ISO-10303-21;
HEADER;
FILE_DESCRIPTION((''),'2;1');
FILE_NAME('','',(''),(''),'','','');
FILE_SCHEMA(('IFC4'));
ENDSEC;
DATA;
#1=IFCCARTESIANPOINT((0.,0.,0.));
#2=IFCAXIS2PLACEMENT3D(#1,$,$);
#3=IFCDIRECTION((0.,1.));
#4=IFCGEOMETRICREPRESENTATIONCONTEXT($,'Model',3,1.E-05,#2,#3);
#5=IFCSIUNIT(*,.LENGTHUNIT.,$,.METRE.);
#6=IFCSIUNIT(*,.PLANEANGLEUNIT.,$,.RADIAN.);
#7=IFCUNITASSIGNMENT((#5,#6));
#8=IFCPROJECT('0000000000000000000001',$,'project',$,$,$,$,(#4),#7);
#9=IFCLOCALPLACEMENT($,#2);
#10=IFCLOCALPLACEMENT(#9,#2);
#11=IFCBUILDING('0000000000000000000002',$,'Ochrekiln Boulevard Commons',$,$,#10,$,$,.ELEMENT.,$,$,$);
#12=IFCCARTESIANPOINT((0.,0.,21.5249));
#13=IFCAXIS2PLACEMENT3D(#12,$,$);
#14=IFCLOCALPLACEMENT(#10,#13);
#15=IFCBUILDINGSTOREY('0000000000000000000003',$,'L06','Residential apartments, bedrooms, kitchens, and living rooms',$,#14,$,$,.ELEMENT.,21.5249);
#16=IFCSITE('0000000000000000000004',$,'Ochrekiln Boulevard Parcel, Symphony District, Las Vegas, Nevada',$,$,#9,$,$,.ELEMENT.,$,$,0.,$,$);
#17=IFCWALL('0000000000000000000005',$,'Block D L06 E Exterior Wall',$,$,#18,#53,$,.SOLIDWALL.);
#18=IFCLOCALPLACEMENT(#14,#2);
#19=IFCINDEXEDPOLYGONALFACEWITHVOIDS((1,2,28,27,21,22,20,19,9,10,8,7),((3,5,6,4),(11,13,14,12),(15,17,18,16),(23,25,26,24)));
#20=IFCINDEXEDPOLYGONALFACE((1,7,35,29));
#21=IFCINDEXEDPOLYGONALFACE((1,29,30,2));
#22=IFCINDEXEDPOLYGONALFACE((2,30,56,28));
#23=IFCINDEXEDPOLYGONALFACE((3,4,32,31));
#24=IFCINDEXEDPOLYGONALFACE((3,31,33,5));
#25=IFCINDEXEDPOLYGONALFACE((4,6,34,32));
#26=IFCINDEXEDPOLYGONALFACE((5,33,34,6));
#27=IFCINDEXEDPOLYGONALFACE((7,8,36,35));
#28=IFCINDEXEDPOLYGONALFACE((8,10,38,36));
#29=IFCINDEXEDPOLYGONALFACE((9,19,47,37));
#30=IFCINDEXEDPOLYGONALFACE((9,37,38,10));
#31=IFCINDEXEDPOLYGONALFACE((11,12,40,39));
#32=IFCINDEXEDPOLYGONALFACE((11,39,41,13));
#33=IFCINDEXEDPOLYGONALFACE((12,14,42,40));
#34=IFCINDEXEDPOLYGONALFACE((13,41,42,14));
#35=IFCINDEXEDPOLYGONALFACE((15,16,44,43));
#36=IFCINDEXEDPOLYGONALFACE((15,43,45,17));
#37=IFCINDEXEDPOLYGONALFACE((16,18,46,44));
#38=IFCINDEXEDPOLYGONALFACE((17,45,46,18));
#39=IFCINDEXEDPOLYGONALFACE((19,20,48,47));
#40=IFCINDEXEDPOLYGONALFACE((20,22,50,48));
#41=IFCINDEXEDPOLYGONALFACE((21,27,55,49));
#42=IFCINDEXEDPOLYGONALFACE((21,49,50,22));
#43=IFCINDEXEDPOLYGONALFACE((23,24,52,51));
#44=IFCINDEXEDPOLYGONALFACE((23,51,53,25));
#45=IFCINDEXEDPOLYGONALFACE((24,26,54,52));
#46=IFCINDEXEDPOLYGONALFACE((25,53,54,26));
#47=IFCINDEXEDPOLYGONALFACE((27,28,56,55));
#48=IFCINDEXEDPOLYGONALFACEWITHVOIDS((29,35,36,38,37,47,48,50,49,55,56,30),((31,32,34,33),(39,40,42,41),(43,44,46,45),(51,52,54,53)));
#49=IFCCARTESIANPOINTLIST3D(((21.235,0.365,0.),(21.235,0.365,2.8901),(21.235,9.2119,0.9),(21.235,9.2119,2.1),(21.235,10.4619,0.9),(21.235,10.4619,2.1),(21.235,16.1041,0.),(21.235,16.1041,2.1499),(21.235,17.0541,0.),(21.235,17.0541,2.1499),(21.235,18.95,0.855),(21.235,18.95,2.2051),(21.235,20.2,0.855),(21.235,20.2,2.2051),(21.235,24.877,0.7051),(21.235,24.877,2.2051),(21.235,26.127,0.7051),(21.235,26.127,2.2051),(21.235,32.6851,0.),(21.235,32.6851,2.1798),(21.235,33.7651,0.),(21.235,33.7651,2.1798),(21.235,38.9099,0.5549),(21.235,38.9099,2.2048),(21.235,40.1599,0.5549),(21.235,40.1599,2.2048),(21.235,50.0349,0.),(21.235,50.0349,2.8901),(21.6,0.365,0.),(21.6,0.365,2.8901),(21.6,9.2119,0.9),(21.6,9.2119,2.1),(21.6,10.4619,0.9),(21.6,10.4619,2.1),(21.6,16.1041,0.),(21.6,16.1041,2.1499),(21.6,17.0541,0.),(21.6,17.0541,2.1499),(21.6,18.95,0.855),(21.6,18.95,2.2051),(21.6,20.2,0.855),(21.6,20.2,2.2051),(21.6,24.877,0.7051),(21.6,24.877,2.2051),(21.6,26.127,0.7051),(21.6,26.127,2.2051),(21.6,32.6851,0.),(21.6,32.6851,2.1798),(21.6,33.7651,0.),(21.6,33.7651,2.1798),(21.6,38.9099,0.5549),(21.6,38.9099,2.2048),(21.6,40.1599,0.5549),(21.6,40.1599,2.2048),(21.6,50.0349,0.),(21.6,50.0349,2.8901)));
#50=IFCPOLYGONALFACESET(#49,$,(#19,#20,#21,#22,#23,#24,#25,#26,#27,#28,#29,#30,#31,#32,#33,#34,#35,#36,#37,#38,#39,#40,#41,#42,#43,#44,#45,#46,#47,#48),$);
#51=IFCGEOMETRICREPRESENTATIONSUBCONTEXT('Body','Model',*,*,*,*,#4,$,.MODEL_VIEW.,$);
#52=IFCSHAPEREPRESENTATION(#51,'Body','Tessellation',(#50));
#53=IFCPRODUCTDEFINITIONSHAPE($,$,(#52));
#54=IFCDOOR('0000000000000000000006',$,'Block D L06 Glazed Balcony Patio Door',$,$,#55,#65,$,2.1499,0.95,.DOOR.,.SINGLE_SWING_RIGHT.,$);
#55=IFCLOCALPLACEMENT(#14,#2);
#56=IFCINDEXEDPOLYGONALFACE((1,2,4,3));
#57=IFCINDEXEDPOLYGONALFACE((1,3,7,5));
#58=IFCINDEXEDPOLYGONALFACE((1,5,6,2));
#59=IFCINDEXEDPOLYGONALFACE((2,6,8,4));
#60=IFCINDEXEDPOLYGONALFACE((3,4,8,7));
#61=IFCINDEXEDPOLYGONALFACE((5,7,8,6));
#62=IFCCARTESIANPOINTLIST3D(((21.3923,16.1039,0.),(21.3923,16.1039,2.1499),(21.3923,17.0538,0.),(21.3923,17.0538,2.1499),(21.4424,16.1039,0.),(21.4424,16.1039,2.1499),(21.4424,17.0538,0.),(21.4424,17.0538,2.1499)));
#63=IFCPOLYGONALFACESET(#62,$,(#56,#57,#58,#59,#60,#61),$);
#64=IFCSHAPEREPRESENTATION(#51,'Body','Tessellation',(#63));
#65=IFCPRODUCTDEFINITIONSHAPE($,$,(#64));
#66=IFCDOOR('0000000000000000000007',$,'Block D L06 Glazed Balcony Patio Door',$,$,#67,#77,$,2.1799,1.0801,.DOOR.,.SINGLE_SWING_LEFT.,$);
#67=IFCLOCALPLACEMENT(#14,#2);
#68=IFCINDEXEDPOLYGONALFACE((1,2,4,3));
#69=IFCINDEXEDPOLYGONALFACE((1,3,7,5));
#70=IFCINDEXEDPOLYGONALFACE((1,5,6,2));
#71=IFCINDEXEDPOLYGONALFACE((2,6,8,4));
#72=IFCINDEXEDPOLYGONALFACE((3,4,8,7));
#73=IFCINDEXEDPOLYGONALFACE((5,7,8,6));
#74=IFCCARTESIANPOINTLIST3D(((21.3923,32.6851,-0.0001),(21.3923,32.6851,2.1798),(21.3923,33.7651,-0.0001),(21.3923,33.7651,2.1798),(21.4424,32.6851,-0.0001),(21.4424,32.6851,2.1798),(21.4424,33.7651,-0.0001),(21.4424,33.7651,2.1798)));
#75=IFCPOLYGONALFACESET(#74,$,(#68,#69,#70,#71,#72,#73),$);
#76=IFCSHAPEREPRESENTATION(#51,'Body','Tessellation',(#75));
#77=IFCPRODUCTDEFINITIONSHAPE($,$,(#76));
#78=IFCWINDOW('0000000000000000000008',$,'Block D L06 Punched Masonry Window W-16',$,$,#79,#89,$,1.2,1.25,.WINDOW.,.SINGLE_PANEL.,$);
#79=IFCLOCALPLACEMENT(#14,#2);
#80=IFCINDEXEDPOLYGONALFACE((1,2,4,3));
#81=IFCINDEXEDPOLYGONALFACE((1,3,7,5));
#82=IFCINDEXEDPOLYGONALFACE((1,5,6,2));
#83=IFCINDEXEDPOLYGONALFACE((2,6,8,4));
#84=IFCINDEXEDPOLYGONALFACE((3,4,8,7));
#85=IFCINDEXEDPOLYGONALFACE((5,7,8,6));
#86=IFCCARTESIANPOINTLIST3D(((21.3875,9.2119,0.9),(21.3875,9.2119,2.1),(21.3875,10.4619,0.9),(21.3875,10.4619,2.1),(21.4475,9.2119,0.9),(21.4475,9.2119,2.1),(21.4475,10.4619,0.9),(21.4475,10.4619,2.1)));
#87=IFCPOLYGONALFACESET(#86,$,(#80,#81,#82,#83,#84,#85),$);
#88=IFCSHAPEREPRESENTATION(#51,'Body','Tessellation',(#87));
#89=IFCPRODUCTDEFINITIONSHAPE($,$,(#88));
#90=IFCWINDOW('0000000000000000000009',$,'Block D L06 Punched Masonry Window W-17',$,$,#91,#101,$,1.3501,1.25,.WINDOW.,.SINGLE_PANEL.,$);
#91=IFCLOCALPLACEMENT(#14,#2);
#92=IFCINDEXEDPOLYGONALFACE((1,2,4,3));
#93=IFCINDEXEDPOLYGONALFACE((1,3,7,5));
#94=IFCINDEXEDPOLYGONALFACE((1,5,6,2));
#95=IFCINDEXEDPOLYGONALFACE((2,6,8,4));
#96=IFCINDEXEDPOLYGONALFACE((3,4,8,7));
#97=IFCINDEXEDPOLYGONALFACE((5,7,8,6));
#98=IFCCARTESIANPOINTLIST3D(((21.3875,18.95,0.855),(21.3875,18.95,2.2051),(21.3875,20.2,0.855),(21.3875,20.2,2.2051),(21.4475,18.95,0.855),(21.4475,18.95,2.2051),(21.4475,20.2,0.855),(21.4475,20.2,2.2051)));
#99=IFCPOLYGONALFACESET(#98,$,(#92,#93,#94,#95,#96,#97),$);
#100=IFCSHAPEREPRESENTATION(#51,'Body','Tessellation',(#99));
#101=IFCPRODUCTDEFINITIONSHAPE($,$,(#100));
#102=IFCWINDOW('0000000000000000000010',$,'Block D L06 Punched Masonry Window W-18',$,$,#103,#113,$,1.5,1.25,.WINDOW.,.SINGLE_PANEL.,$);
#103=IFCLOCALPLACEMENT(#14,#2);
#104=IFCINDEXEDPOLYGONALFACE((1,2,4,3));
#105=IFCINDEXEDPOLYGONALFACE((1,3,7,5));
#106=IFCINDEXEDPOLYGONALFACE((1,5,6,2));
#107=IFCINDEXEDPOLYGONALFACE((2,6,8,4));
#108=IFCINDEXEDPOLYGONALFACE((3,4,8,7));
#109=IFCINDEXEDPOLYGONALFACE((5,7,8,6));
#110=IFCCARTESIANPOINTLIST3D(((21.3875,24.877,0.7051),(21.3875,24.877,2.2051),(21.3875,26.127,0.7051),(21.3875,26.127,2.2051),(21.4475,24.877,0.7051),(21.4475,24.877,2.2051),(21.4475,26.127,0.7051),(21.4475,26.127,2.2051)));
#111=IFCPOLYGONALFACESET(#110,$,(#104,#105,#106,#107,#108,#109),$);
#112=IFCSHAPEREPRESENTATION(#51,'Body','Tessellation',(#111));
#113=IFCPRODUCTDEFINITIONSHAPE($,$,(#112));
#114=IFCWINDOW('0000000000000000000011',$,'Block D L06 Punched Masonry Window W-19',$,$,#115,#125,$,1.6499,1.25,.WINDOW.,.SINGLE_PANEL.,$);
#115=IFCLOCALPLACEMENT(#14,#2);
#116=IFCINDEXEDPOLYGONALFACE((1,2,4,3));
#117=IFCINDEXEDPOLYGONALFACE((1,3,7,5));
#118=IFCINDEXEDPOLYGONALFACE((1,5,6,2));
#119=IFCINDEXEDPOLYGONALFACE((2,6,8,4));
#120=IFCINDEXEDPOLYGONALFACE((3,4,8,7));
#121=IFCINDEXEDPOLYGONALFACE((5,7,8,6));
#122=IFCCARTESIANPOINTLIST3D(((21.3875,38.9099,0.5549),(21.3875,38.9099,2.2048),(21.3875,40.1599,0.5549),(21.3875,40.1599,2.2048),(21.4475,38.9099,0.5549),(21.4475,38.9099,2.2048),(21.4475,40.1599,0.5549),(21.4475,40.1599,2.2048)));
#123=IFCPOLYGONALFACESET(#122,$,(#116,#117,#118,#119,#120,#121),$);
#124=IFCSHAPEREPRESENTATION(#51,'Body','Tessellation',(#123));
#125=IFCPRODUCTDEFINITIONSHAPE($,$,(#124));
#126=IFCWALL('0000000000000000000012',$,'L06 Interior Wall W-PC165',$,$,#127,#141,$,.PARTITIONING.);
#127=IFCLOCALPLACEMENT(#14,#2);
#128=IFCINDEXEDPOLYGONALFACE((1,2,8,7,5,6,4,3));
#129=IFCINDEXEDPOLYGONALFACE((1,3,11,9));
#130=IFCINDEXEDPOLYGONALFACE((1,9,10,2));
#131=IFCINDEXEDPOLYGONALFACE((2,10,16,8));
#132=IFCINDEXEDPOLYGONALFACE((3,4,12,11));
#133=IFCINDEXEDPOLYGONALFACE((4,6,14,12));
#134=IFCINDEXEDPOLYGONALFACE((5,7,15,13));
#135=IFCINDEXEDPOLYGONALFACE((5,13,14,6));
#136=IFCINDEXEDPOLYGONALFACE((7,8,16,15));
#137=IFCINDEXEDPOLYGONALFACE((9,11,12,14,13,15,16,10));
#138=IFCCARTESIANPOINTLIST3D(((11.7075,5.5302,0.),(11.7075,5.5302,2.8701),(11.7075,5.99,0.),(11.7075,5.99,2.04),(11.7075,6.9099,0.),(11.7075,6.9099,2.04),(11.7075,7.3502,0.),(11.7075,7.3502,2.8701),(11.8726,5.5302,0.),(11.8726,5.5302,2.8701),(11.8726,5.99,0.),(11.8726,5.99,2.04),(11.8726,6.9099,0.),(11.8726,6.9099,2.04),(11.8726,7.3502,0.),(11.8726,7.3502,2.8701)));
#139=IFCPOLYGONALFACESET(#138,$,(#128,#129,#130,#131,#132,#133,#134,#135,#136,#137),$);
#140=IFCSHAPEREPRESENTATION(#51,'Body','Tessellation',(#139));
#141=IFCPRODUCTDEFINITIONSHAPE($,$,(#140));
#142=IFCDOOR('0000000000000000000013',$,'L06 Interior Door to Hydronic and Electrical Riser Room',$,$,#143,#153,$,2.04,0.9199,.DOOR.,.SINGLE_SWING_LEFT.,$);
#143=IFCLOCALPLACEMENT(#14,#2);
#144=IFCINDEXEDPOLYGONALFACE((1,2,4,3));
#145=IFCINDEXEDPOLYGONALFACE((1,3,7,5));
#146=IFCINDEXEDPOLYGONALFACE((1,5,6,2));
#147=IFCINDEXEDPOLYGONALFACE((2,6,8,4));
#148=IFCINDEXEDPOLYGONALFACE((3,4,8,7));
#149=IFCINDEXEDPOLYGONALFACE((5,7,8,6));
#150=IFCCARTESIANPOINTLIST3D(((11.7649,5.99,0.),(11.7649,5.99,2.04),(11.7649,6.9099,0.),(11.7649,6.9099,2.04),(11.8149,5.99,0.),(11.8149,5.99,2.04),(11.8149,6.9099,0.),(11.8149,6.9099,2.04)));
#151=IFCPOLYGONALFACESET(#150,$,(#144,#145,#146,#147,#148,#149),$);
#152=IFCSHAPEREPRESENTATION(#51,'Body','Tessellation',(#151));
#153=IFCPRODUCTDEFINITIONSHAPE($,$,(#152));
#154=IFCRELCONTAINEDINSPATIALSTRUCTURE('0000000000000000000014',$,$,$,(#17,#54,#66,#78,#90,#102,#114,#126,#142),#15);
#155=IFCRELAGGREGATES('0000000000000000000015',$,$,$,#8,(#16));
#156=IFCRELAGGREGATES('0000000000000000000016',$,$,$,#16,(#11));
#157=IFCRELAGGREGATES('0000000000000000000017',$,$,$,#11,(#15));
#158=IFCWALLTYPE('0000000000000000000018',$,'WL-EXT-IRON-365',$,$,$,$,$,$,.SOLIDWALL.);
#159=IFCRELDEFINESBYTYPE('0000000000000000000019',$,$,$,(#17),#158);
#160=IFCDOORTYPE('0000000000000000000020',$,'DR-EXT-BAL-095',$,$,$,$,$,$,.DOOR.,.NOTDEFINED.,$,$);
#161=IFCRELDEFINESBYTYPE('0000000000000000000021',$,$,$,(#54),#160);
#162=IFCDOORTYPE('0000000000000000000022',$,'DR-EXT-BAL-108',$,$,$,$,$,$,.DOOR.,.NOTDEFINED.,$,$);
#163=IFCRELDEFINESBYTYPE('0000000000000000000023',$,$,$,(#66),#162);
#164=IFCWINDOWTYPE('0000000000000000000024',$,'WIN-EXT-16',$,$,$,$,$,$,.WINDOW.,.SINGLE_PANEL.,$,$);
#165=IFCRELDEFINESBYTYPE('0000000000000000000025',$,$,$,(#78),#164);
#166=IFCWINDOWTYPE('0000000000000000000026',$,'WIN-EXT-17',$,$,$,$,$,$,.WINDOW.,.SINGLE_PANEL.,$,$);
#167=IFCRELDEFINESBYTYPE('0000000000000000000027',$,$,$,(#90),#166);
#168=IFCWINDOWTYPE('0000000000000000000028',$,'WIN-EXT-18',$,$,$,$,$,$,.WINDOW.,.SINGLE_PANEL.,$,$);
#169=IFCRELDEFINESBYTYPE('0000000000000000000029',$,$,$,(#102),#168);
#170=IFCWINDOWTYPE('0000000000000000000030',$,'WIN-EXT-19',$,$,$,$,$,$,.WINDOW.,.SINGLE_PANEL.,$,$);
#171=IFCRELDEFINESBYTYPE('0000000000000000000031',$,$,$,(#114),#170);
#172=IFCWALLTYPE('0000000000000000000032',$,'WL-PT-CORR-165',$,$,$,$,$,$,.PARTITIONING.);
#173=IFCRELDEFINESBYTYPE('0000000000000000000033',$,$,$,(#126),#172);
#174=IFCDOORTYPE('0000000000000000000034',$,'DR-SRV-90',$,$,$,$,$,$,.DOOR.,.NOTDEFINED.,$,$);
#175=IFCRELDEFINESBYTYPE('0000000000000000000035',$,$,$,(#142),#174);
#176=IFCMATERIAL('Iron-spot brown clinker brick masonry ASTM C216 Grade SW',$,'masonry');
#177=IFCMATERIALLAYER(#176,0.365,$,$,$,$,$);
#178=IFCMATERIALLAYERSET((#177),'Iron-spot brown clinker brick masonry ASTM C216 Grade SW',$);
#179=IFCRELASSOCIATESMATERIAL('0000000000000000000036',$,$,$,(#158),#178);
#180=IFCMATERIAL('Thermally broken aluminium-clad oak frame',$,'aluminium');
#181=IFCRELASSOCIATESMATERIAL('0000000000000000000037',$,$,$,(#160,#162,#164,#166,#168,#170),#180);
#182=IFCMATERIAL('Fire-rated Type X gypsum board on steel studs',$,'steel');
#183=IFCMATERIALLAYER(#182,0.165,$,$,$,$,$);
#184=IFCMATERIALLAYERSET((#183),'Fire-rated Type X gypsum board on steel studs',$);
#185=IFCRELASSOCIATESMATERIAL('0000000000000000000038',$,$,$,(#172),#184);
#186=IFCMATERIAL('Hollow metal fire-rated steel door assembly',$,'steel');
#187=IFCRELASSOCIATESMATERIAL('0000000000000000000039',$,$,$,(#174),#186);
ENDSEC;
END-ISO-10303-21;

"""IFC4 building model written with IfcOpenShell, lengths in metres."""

from ifc_helpers import new_model, si_unit, direction, frame, frame_2d, origin, place, context, subcontext, project, spatial, rectangle, extrude, material, layer, layer_set, type_object, element, fill, save


model = new_model("IFC4")

# Units and contexts
model_context = context("Model", 3, precision=1e-05, world=origin(), true_north=direction((0.0, 1.0)))
body_context = subcontext(model_context, "Body", "Model", "MODEL_VIEW")
ifc_project = project(units=[si_unit("LENGTHUNIT", "METRE"), si_unit("PLANEANGLEUNIT", "RADIAN")], contexts=[model_context])

# Site, building, storey
site_placement = place(None, origin())
site = spatial("IfcSite", under=ifc_project, at=site_placement, Name="Ochrekiln Boulevard Parcel, Symphony District, Las Vegas, Nevada", CompositionType="ELEMENT", RefElevation=0.0)
building_placement = place(site_placement, origin())
building = spatial("IfcBuilding", under=site, at=building_placement, Name="Ochrekiln Boulevard Commons", CompositionType="ELEMENT")
storey_placement = place(building_placement, frame((0.0, 0.0, 21.5249)))
storey = spatial("IfcBuildingStorey", under=building, at=storey_placement, Name="L06", Description="Residential apartments, bedrooms, kitchens, and living rooms", CompositionType="ELEMENT", Elevation=21.5249)

# Wall, openings, doors, windows
ifc_material_1 = material(Name="Iron-spot brown clinker brick masonry ASTM C216 Grade SW", Category="masonry")
ifc_layer_1 = layer(ifc_material_1, 0.365)
ifc_layer_set_1 = layer_set([ifc_layer_1], Name="Iron-spot brown clinker brick masonry ASTM C216 Grade SW")
wall_type_1 = type_object("IfcWallType", Name="WL-EXT-IRON-365", PredefinedType="SOLIDWALL", material=ifc_layer_set_1)
wall_1_placement = place(storey_placement, frame((21.4175, 0.365, 0.0), z_axis=(0.0, 0.0, 1.0), x_axis=(0.0, 1.0, 0.0)))
wall_1 = element("IfcWall", 1, at=wall_1_placement, inside=storey, type_object=wall_type_1, Name="Block D L06 E Exterior Wall", PredefinedType="SOLIDWALL", context=body_context, shape_type="SweptSolid", body=[
    extrude(rectangle(XDim=49.6699, YDim=0.365, at=frame_2d((24.835, 0.0))), origin(), (0.0, 0.0, 1.0), 2.8901),
])
opening_1_placement = place(wall_1_placement, frame((15.739, 0.0, 0.0)))
opening_1 = element("IfcOpeningElement", 2, at=opening_1_placement, cuts=wall_1, PredefinedType="OPENING", context=body_context, shape_type="SweptSolid", body=[
    extrude(rectangle(XDim=0.95, YDim=2.1499, at=frame_2d((0.4751, 1.075))), frame((0.0, 0.1924, 0.0), z_axis=(0.0, -1.0, 0.0), x_axis=(1.0, 0.0, 0.0)), (0.0, 0.0, 1.0), 0.385),
])
opening_2_placement = place(wall_1_placement, frame((8.8469, 0.0, 0.8999)))
opening_2 = element("IfcOpeningElement", 3, at=opening_2_placement, cuts=wall_1, PredefinedType="OPENING", context=body_context, shape_type="SweptSolid", body=[
    extrude(rectangle(XDim=1.25, YDim=1.2, at=frame_2d((0.625, 0.6001))), frame((0.0, 0.1924, 0.0), z_axis=(0.0, -1.0, 0.0), x_axis=(1.0, 0.0, 0.0)), (0.0, 0.0, 1.0), 0.385),
])
opening_3_placement = place(wall_1_placement, frame((18.585, 0.0, 0.855)))
opening_3 = element("IfcOpeningElement", 4, at=opening_3_placement, cuts=wall_1, PredefinedType="OPENING", context=body_context, shape_type="SweptSolid", body=[
    extrude(rectangle(XDim=1.25, YDim=1.3501, at=frame_2d((0.625, 0.675))), frame((0.0, 0.1924, 0.0), z_axis=(0.0, -1.0, 0.0), x_axis=(1.0, 0.0, 0.0)), (0.0, 0.0, 1.0), 0.385),
])
opening_4_placement = place(wall_1_placement, frame((32.3201, 0.0, 0.0)))
opening_4 = element("IfcOpeningElement", 5, at=opening_4_placement, cuts=wall_1, PredefinedType="OPENING", context=body_context, shape_type="SweptSolid", body=[
    extrude(rectangle(XDim=1.0801, YDim=2.1799, at=frame_2d((0.54, 1.0898))), frame((0.0, 0.1924, 0.0), z_axis=(0.0, -1.0, 0.0), x_axis=(1.0, 0.0, 0.0)), (0.0, 0.0, 1.0), 0.385),
])
opening_5_placement = place(wall_1_placement, frame((24.512, 0.0, 0.7051)))
opening_5 = element("IfcOpeningElement", 6, at=opening_5_placement, cuts=wall_1, PredefinedType="OPENING", context=body_context, shape_type="SweptSolid", body=[
    extrude(rectangle(XDim=1.25, YDim=1.5, at=frame_2d((0.625, 0.75))), frame((0.0, 0.1924, 0.0), z_axis=(0.0, -1.0, 0.0), x_axis=(1.0, 0.0, 0.0)), (0.0, 0.0, 1.0), 0.385),
])
opening_6_placement = place(wall_1_placement, frame((38.5449, 0.0, 0.5549)))
opening_6 = element("IfcOpeningElement", 7, at=opening_6_placement, cuts=wall_1, PredefinedType="OPENING", context=body_context, shape_type="SweptSolid", body=[
    extrude(rectangle(XDim=1.25, YDim=1.6499, at=frame_2d((0.625, 0.825))), frame((0.0, 0.1924, 0.0), z_axis=(0.0, -1.0, 0.0), x_axis=(1.0, 0.0, 0.0)), (0.0, 0.0, 1.0), 0.385),
])
ifc_material_2 = material(Name="Thermally broken aluminium-clad oak frame", Category="aluminium")
door_type_1 = type_object("IfcDoorType", Name="DR-EXT-BAL-095", OperationType="NOTDEFINED", PredefinedType="DOOR", material=ifc_material_2)
door_1_placement = place(opening_1_placement, frame((0.95, 0.0, 0.0), z_axis=(0.0, 0.0, 1.0), x_axis=(-1.0, 0.0, 0.0)))
door_1 = element("IfcDoor", 8, at=door_1_placement, inside=storey, type_object=door_type_1, Name="Block D L06 Glazed Balcony Patio Door", OperationType="SINGLE_SWING_RIGHT", OverallHeight=2.1499, OverallWidth=0.95, PredefinedType="DOOR", context=body_context, shape_type="SweptSolid", body=[
    extrude(rectangle(XDim=0.95, YDim=2.1499, at=frame_2d((0.4751, 1.075))), frame((0.0, 0.0249, 0.0), z_axis=(0.0, -1.0, 0.0), x_axis=(1.0, 0.0, 0.0)), (0.0, 0.0, 1.0), 0.05),
])
fill(opening_1, door_1)
door_type_2 = type_object("IfcDoorType", Name="DR-EXT-BAL-108", OperationType="NOTDEFINED", PredefinedType="DOOR", material=ifc_material_2)
door_2_placement = place(opening_4_placement, frame((1.0801, 0.0, 0.0), z_axis=(0.0, 0.0, 1.0), x_axis=(-1.0, 0.0, 0.0)))
door_2 = element("IfcDoor", 9, at=door_2_placement, inside=storey, type_object=door_type_2, Name="Block D L06 Glazed Balcony Patio Door", OperationType="SINGLE_SWING_LEFT", OverallHeight=2.1799, OverallWidth=1.0801, PredefinedType="DOOR", context=body_context, shape_type="SweptSolid", body=[
    extrude(rectangle(XDim=1.0801, YDim=2.1799, at=frame_2d((0.54, 1.0898))), frame((0.0, 0.0249, 0.0), z_axis=(0.0, -1.0, 0.0), x_axis=(1.0, 0.0, 0.0)), (0.0, 0.0, 1.0), 0.05),
])
fill(opening_4, door_2)
window_type_1 = type_object("IfcWindowType", Name="WIN-EXT-16", PartitioningType="SINGLE_PANEL", PredefinedType="WINDOW", material=ifc_material_2)
window_1_placement = place(opening_2_placement, origin())
window_1 = element("IfcWindow", 10, at=window_1_placement, inside=storey, type_object=window_type_1, Name="Block D L06 Punched Masonry Window W-16", OverallHeight=1.2, OverallWidth=1.25, PartitioningType="SINGLE_PANEL", PredefinedType="WINDOW", context=body_context, shape_type="SweptSolid", body=[
    extrude(rectangle(XDim=1.25, YDim=1.2, at=frame_2d((0.625, 0.6001))), frame((0.0, 0.03, 0.0), z_axis=(0.0, -1.0, 0.0), x_axis=(1.0, 0.0, 0.0)), (0.0, 0.0, 1.0), 0.0601),
])
fill(opening_2, window_1)
window_type_2 = type_object("IfcWindowType", Name="WIN-EXT-17", PartitioningType="SINGLE_PANEL", PredefinedType="WINDOW", material=ifc_material_2)
window_2_placement = place(opening_3_placement, origin())
window_2 = element("IfcWindow", 11, at=window_2_placement, inside=storey, type_object=window_type_2, Name="Block D L06 Punched Masonry Window W-17", OverallHeight=1.3501, OverallWidth=1.25, PartitioningType="SINGLE_PANEL", PredefinedType="WINDOW", context=body_context, shape_type="SweptSolid", body=[
    extrude(rectangle(XDim=1.25, YDim=1.3501, at=frame_2d((0.625, 0.675))), frame((0.0, 0.03, 0.0), z_axis=(0.0, -1.0, 0.0), x_axis=(1.0, 0.0, 0.0)), (0.0, 0.0, 1.0), 0.0601),
])
fill(opening_3, window_2)
window_type_3 = type_object("IfcWindowType", Name="WIN-EXT-18", PartitioningType="SINGLE_PANEL", PredefinedType="WINDOW", material=ifc_material_2)
window_3_placement = place(opening_5_placement, origin())
window_3 = element("IfcWindow", 12, at=window_3_placement, inside=storey, type_object=window_type_3, Name="Block D L06 Punched Masonry Window W-18", OverallHeight=1.5, OverallWidth=1.25, PartitioningType="SINGLE_PANEL", PredefinedType="WINDOW", context=body_context, shape_type="SweptSolid", body=[
    extrude(rectangle(XDim=1.25, YDim=1.5, at=frame_2d((0.625, 0.75))), frame((0.0, 0.03, 0.0), z_axis=(0.0, -1.0, 0.0), x_axis=(1.0, 0.0, 0.0)), (0.0, 0.0, 1.0), 0.0601),
])
fill(opening_5, window_3)
window_type_4 = type_object("IfcWindowType", Name="WIN-EXT-19", PartitioningType="SINGLE_PANEL", PredefinedType="WINDOW", material=ifc_material_2)
window_4_placement = place(opening_6_placement, origin())
window_4 = element("IfcWindow", 13, at=window_4_placement, inside=storey, type_object=window_type_4, Name="Block D L06 Punched Masonry Window W-19", OverallHeight=1.6499, OverallWidth=1.25, PartitioningType="SINGLE_PANEL", PredefinedType="WINDOW", context=body_context, shape_type="SweptSolid", body=[
    extrude(rectangle(XDim=1.25, YDim=1.6499, at=frame_2d((0.625, 0.825))), frame((0.0, 0.03, 0.0), z_axis=(0.0, -1.0, 0.0), x_axis=(1.0, 0.0, 0.0)), (0.0, 0.0, 1.0), 0.0601),
])
fill(opening_6, window_4)

# Wall, opening, door
ifc_material_3 = material(Name="Fire-rated Type X gypsum board on steel studs", Category="steel")
ifc_layer_2 = layer(ifc_material_3, 0.165)
ifc_layer_set_2 = layer_set([ifc_layer_2], Name="Fire-rated Type X gypsum board on steel studs")
wall_type_2 = type_object("IfcWallType", Name="WL-PT-CORR-165", PredefinedType="PARTITIONING", material=ifc_layer_set_2)
wall_2_placement = place(storey_placement, frame((11.79, 5.53, 0.0), z_axis=(0.0, 0.0, 1.0), x_axis=(0.0, 1.0, 0.0)))
wall_2 = element("IfcWall", 14, at=wall_2_placement, inside=storey, type_object=wall_type_2, Name="L06 Interior Wall W-PC165", PredefinedType="PARTITIONING", context=body_context, shape_type="SweptSolid", body=[
    extrude(rectangle(XDim=1.8201, YDim=0.165, at=frame_2d((0.9102, 0.0))), origin(), (0.0, 0.0, 1.0), 2.8701),
])
opening_7_placement = place(wall_2_placement, frame((0.46, 0.0, 0.0)))
opening_7 = element("IfcOpeningElement", 15, at=opening_7_placement, cuts=wall_2, PredefinedType="OPENING", context=body_context, shape_type="SweptSolid", body=[
    extrude(rectangle(XDim=0.9199, YDim=2.04, at=frame_2d((0.46, 1.02))), frame((0.0, 0.0925, 0.0), z_axis=(0.0, -1.0, 0.0), x_axis=(1.0, 0.0, 0.0)), (0.0, 0.0, 1.0), 0.1851),
])
ifc_material_4 = material(Name="Hollow metal fire-rated steel door assembly", Category="steel")
door_type_3 = type_object("IfcDoorType", Name="DR-SRV-90", OperationType="NOTDEFINED", PredefinedType="DOOR", material=ifc_material_4)
door_3_placement = place(opening_7_placement, frame((0.9199, 0.0, 0.0), z_axis=(0.0, 0.0, 1.0), x_axis=(-1.0, 0.0, 0.0)))
door_3 = element("IfcDoor", 16, at=door_3_placement, inside=storey, type_object=door_type_3, Name="L06 Interior Door to Hydronic and Electrical Riser Room", OperationType="SINGLE_SWING_LEFT", OverallHeight=2.04, OverallWidth=0.9199, PredefinedType="DOOR", context=body_context, shape_type="SweptSolid", body=[
    extrude(rectangle(XDim=0.9199, YDim=2.04, at=frame_2d((0.46, 1.02))), frame((0.0, 0.0249, 0.0), z_axis=(0.0, -1.0, 0.0), x_axis=(1.0, 0.0, 0.0)), (0.0, 0.0, 1.0), 0.05),
])
fill(opening_7, door_3)

save(model, "model.ifc")
